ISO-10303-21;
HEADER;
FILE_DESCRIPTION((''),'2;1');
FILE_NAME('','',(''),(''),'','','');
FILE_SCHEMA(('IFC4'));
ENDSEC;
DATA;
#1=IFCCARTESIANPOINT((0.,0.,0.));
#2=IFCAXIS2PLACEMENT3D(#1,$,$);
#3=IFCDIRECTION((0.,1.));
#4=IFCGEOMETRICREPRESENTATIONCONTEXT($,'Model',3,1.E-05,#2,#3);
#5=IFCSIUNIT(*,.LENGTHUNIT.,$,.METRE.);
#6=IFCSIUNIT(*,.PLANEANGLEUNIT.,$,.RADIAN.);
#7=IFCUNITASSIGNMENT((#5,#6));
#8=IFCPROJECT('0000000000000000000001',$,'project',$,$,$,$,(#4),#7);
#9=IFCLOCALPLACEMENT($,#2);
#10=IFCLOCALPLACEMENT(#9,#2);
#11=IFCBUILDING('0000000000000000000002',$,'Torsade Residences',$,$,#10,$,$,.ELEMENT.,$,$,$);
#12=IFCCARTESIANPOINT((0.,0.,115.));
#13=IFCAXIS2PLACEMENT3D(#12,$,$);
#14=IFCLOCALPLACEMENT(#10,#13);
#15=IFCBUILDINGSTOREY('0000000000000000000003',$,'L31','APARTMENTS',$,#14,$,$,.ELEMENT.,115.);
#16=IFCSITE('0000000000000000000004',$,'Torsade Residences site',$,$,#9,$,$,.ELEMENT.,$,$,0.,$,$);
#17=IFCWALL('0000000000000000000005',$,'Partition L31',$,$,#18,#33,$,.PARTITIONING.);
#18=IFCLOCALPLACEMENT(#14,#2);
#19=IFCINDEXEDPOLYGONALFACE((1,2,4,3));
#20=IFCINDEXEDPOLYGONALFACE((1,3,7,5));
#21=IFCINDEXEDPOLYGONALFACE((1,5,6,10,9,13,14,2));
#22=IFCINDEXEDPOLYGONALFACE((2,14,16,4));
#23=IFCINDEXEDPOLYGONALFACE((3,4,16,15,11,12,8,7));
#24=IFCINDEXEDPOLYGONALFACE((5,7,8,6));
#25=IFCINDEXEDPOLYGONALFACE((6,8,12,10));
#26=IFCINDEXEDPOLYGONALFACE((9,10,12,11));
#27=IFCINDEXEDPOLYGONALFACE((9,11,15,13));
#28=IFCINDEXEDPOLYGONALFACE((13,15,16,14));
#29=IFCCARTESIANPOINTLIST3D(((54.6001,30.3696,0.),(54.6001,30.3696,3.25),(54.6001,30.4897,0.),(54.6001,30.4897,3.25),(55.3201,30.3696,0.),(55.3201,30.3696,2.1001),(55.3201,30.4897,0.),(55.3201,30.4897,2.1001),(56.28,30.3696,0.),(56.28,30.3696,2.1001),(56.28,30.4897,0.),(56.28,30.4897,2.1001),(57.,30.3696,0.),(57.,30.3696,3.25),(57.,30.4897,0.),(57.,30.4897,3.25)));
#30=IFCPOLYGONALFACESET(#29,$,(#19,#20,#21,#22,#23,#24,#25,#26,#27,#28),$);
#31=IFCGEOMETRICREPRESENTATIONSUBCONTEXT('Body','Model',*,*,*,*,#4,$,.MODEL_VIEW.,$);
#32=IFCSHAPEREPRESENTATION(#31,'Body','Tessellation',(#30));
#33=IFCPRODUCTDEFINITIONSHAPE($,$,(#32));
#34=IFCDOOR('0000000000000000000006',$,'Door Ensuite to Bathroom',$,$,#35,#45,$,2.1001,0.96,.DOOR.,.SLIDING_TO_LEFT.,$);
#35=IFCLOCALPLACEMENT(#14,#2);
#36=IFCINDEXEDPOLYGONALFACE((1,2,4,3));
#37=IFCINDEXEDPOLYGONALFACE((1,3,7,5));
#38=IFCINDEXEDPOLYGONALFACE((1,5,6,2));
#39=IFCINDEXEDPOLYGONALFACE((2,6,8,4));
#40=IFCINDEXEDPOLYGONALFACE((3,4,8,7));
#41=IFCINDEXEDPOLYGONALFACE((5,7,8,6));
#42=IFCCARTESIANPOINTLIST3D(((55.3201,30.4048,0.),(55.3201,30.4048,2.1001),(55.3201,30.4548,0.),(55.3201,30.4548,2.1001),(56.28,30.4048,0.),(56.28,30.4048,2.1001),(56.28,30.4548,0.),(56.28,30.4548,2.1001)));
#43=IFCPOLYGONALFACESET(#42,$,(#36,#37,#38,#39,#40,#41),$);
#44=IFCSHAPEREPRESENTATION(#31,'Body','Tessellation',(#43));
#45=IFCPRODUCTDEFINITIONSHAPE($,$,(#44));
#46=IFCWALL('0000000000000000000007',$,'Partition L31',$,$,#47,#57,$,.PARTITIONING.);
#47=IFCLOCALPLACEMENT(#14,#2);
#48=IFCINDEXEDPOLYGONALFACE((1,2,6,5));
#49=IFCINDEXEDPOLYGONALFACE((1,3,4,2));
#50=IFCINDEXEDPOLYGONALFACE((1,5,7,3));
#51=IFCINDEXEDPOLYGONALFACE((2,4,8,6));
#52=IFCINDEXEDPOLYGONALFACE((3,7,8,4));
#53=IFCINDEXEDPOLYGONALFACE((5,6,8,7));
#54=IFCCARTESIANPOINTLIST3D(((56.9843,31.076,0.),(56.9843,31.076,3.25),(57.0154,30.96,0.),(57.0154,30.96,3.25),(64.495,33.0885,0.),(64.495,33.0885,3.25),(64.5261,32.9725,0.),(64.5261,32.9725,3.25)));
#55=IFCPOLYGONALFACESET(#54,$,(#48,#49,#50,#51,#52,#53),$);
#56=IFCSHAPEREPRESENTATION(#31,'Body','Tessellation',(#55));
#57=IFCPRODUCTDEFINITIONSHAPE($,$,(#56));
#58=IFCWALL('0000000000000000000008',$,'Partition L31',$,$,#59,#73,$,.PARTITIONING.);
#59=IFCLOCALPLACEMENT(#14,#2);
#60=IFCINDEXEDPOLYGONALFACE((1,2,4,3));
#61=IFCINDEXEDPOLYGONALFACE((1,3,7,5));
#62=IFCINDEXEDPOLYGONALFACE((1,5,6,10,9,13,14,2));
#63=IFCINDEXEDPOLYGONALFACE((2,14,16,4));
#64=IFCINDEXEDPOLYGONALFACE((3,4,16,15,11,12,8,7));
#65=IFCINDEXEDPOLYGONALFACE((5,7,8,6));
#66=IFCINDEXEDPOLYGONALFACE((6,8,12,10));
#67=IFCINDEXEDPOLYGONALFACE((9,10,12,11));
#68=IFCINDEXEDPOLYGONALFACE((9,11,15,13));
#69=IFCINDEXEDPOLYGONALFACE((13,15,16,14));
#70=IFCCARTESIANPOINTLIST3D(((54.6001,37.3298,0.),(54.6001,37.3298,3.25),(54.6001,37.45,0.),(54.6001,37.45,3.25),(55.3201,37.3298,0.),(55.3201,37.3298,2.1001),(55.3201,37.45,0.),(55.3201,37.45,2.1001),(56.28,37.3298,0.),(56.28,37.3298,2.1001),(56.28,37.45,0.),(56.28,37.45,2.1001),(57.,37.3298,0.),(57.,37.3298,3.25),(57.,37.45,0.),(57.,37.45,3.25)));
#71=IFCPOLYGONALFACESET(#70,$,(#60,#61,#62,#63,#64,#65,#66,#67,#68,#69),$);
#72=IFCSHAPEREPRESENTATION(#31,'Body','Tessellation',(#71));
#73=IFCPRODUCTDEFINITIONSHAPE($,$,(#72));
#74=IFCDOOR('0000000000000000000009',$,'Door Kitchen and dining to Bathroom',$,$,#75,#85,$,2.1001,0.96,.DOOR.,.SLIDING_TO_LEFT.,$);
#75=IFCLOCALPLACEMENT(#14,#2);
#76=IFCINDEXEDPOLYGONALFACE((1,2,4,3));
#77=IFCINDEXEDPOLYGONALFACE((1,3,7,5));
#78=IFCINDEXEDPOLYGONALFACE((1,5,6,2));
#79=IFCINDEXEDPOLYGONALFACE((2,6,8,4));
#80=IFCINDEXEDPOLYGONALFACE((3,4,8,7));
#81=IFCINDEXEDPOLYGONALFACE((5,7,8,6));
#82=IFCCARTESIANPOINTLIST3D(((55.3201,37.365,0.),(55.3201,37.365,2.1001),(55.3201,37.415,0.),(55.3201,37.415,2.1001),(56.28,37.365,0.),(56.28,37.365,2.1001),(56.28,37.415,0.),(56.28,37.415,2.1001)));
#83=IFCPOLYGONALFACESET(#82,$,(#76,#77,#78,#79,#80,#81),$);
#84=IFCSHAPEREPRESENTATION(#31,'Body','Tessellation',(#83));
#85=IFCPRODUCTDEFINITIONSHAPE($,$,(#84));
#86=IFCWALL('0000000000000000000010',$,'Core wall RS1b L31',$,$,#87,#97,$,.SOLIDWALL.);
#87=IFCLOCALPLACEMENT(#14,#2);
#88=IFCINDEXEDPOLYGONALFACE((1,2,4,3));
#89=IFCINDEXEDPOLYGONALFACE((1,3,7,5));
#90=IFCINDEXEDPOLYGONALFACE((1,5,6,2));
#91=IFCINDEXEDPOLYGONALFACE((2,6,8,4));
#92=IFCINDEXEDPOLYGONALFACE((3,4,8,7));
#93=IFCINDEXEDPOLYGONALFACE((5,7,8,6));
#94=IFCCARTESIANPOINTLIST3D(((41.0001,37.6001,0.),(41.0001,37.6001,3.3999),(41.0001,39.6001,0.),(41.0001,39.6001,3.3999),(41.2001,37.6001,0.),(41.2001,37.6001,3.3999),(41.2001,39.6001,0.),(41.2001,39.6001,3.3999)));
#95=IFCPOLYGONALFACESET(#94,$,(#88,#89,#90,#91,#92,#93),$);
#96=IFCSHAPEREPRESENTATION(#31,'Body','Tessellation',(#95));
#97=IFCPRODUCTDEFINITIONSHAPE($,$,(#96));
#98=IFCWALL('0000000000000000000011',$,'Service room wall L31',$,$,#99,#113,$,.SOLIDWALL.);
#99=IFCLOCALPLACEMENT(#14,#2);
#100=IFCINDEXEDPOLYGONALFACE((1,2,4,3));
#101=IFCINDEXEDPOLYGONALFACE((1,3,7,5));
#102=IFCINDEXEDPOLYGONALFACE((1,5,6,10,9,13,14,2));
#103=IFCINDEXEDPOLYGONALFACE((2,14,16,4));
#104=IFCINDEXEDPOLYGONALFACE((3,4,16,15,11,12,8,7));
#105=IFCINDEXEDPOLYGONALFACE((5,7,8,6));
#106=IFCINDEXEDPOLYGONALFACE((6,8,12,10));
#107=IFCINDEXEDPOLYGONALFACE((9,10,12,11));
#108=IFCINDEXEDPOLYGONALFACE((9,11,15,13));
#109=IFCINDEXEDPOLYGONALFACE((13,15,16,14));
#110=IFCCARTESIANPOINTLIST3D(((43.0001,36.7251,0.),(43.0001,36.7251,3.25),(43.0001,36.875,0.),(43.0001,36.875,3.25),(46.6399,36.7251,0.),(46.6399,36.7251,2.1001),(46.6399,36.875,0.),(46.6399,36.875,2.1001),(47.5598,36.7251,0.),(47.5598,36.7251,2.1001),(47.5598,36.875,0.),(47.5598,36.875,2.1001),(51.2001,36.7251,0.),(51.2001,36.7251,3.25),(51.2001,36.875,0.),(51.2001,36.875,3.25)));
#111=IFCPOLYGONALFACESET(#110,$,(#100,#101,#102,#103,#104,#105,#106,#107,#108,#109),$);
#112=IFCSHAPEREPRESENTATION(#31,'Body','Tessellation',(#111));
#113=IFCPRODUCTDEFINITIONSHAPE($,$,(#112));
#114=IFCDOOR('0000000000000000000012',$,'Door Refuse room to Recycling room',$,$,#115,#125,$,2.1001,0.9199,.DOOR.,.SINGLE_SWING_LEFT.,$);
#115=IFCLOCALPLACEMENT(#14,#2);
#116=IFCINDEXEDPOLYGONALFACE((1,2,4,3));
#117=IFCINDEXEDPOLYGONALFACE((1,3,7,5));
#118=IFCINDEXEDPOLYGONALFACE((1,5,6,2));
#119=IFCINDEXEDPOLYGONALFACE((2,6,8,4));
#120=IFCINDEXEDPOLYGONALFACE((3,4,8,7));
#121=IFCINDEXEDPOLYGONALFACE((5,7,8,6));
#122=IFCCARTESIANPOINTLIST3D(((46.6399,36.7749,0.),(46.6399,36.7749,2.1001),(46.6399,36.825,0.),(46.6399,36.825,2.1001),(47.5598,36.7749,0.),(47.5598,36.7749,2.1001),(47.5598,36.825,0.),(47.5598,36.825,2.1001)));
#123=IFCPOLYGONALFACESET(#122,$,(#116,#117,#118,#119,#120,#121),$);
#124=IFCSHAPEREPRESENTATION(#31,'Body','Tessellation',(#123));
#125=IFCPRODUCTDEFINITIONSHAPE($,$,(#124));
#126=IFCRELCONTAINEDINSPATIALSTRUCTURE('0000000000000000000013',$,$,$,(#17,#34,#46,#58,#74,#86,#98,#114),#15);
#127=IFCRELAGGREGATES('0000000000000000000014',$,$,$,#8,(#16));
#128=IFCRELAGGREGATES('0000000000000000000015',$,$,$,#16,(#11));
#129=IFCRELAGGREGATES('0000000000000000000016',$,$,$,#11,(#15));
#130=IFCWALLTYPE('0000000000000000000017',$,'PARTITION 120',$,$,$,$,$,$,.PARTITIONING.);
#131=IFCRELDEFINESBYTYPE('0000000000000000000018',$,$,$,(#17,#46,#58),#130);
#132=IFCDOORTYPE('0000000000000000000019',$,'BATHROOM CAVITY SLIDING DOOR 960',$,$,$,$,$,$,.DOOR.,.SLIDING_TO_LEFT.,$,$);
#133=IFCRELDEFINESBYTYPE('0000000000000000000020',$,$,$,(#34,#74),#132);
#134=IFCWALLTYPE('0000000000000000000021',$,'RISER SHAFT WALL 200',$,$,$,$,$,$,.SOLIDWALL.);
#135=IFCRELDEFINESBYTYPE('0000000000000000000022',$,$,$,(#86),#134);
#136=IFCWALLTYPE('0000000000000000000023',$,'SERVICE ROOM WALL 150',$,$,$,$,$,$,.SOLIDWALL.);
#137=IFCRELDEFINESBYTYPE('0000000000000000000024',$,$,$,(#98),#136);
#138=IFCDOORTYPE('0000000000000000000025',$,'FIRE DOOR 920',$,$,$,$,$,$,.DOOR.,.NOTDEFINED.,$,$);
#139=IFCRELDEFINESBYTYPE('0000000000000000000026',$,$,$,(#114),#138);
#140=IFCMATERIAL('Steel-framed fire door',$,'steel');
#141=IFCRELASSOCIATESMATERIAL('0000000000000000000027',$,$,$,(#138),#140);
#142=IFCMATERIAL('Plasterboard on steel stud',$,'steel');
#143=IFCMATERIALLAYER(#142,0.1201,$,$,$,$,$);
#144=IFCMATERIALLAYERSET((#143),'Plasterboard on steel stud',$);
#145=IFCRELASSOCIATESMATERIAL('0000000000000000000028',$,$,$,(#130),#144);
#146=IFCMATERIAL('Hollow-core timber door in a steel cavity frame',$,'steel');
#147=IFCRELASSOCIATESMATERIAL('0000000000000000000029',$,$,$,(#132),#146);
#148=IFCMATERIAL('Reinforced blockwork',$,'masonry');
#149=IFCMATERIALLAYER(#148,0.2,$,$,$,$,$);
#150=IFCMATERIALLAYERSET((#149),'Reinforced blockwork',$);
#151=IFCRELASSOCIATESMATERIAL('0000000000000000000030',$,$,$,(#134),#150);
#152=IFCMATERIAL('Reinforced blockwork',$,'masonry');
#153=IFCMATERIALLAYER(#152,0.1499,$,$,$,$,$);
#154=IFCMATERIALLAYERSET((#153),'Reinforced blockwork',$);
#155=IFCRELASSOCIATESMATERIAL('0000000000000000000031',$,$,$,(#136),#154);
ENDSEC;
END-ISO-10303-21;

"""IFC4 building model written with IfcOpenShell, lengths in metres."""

from ifc_helpers import new_model, si_unit, direction, frame, frame_2d, origin, place, context, subcontext, project, spatial, rectangle, extrude, material, layer, layer_set, type_object, element, fill, save


model = new_model("IFC4")

# Units and contexts
model_context = context("Model", 3, precision=1e-05, world=origin(), true_north=direction((0.0, 1.0)))
body_context = subcontext(model_context, "Body", "Model", "MODEL_VIEW")
ifc_project = project(units=[si_unit("LENGTHUNIT", "METRE"), si_unit("PLANEANGLEUNIT", "RADIAN")], contexts=[model_context])

# Site, building, storey
site_placement = place(None, origin())
site = spatial("IfcSite", under=ifc_project, at=site_placement, Name="Torsade Residences site", CompositionType="ELEMENT", RefElevation=0.0)
building_placement = place(site_placement, origin())
building = spatial("IfcBuilding", under=site, at=building_placement, Name="Torsade Residences", CompositionType="ELEMENT")
storey_placement = place(building_placement, frame((0.0, 0.0, 115.0)))
storey = spatial("IfcBuildingStorey", under=building, at=storey_placement, Name="L31", Description="APARTMENTS", CompositionType="ELEMENT", Elevation=115.0)

# Shared definitions
ifc_material_1 = material(Name="Steel-framed fire door", Category="steel")
door_type_1 = type_object("IfcDoorType", Name="FIRE DOOR 920", OperationType="NOTDEFINED", PredefinedType="DOOR", material=ifc_material_1)

# Wall, opening, door
ifc_material_2 = material(Name="Plasterboard on steel stud", Category="steel")
ifc_layer_1 = layer(ifc_material_2, 0.1201)
ifc_layer_set_1 = layer_set([ifc_layer_1], Name="Plasterboard on steel stud")
wall_type_1 = type_object("IfcWallType", Name="PARTITION 120", PredefinedType="PARTITIONING", material=ifc_layer_set_1)
ifc_material_3 = material(Name="Hollow-core timber door in a steel cavity frame", Category="steel")
door_type_2 = type_object("IfcDoorType", Name="BATHROOM CAVITY SLIDING DOOR 960", OperationType="SLIDING_TO_LEFT", PredefinedType="DOOR", material=ifc_material_3)
wall_1_placement = place(storey_placement, frame((57.0, 30.4297, 0.0), z_axis=(0.0, 0.0, 1.0), x_axis=(-1.0, 0.0, 0.0)))
wall_1 = element("IfcWall", 1, at=wall_1_placement, inside=storey, type_object=wall_type_1, Name="Partition L31", PredefinedType="PARTITIONING", context=body_context, shape_type="SweptSolid", body=[
    extrude(rectangle(XDim=2.3999, YDim=0.1201, at=frame_2d((1.2, 0.0))), origin(), (0.0, 0.0, 1.0), 3.25),
])
opening_1_placement = place(wall_1_placement, frame((0.72, 0.0, 0.0)))
opening_1 = element("IfcOpeningElement", 2, at=opening_1_placement, cuts=wall_1, PredefinedType="OPENING", context=body_context, shape_type="SweptSolid", body=[
    extrude(rectangle(XDim=0.96, YDim=2.1001, at=frame_2d((0.48, 1.05))), frame((0.0, 0.0701, 0.0), z_axis=(0.0, -1.0, 0.0), x_axis=(1.0, 0.0, 0.0)), (0.0, 0.0, 1.0), 0.1401),
])
door_1_placement = place(opening_1_placement, origin())
door_1 = element("IfcDoor", 3, at=door_1_placement, inside=storey, type_object=door_type_2, Name="Door Ensuite to Bathroom", OperationType="SLIDING_TO_LEFT", OverallHeight=2.1001, OverallWidth=0.96, PredefinedType="DOOR", context=body_context, shape_type="SweptSolid", body=[
    extrude(rectangle(XDim=0.96, YDim=2.1001, at=frame_2d((0.48, 1.05))), frame((0.0, 0.0249, 0.0), z_axis=(0.0, -1.0, 0.0), x_axis=(1.0, 0.0, 0.0)), (0.0, 0.0, 1.0), 0.05),
])
fill(opening_1, door_1)

# Wall
wall_2_placement = place(storey_placement, frame((57.0, 31.0181, 0.0), z_axis=(0.0, 0.0, 1.0), x_axis=(0.965927, 0.258814, 0.0)))
element("IfcWall", 4, at=wall_2_placement, inside=storey, type_object=wall_type_1, Name="Partition L31", PredefinedType="PARTITIONING", context=body_context, shape_type="SweptSolid", body=[
    extrude(rectangle(XDim=7.7756, YDim=0.1201, at=frame_2d((3.8877, 0.0))), origin(), (0.0, 0.0, 1.0), 3.25),
])

# Wall, opening, door
wall_3_placement = place(storey_placement, frame((57.0, 37.3899, 0.0), z_axis=(0.0, 0.0, 1.0), x_axis=(-1.0, 0.0, 0.0)))
wall_3 = element("IfcWall", 5, at=wall_3_placement, inside=storey, type_object=wall_type_1, Name="Partition L31", PredefinedType="PARTITIONING", context=body_context, shape_type="SweptSolid", body=[
    extrude(rectangle(XDim=2.3999, YDim=0.1201, at=frame_2d((1.2, 0.0))), origin(), (0.0, 0.0, 1.0), 3.25),
])
opening_2_placement = place(wall_3_placement, frame((0.72, 0.0, 0.0)))
opening_2 = element("IfcOpeningElement", 6, at=opening_2_placement, cuts=wall_3, PredefinedType="OPENING", context=body_context, shape_type="SweptSolid", body=[
    extrude(rectangle(XDim=0.96, YDim=2.1001, at=frame_2d((0.48, 1.05))), frame((0.0, 0.0701, 0.0), z_axis=(0.0, -1.0, 0.0), x_axis=(1.0, 0.0, 0.0)), (0.0, 0.0, 1.0), 0.1401),
])
door_2_placement = place(opening_2_placement, origin())
door_2 = element("IfcDoor", 7, at=door_2_placement, inside=storey, type_object=door_type_2, Name="Door Kitchen and dining to Bathroom", OperationType="SLIDING_TO_LEFT", OverallHeight=2.1001, OverallWidth=0.96, PredefinedType="DOOR", context=body_context, shape_type="SweptSolid", body=[
    extrude(rectangle(XDim=0.96, YDim=2.1001, at=frame_2d((0.48, 1.05))), frame((0.0, 0.0249, 0.0), z_axis=(0.0, -1.0, 0.0), x_axis=(1.0, 0.0, 0.0)), (0.0, 0.0, 1.0), 0.05),
])
fill(opening_2, door_2)

# Wall
ifc_material_4 = material(Name="Reinforced blockwork", Category="masonry")
ifc_layer_2 = layer(ifc_material_4, 0.2)
ifc_layer_set_2 = layer_set([ifc_layer_2], Name="Reinforced blockwork")
wall_type_2 = type_object("IfcWallType", Name="RISER SHAFT WALL 200", PredefinedType="SOLIDWALL", material=ifc_layer_set_2)
wall_4_placement = place(storey_placement, frame((41.1001, 37.6001, 0.0), z_axis=(0.0, 0.0, 1.0), x_axis=(0.0, 1.0, 0.0)))
element("IfcWall", 8, at=wall_4_placement, inside=storey, type_object=wall_type_2, Name="Core wall RS1b L31", PredefinedType="SOLIDWALL", context=body_context, shape_type="SweptSolid", body=[
    extrude(rectangle(XDim=2.0, YDim=0.2, at=frame_2d((1.0, 0.0))), origin(), (0.0, 0.0, 1.0), 3.3999),
])

# Wall, opening, door
ifc_material_5 = material(Name="Reinforced blockwork", Category="masonry")
ifc_layer_3 = layer(ifc_material_5, 0.1499)
ifc_layer_set_3 = layer_set([ifc_layer_3], Name="Reinforced blockwork")
wall_type_3 = type_object("IfcWallType", Name="SERVICE ROOM WALL 150", PredefinedType="SOLIDWALL", material=ifc_layer_set_3)
wall_5_placement = place(storey_placement, frame((43.0, 36.8, 0.0), z_axis=(0.0, 0.0, 1.0), x_axis=(1.0, 0.0, 0.0)))
wall_5 = element("IfcWall", 9, at=wall_5_placement, inside=storey, type_object=wall_type_3, Name="Service room wall L31", PredefinedType="SOLIDWALL", context=body_context, shape_type="SweptSolid", body=[
    extrude(rectangle(XDim=8.2, YDim=0.1499, at=frame_2d((4.1001, 0.0))), origin(), (0.0, 0.0, 1.0), 3.25),
])
opening_3_placement = place(wall_5_placement, frame((3.6399, 0.0, 0.0)))
opening_3 = element("IfcOpeningElement", 10, at=opening_3_placement, cuts=wall_5, PredefinedType="OPENING", context=body_context, shape_type="SweptSolid", body=[
    extrude(rectangle(XDim=0.9199, YDim=2.1001, at=frame_2d((0.46, 1.05))), frame((0.0, 0.085, 0.0), z_axis=(0.0, -1.0, 0.0), x_axis=(1.0, 0.0, 0.0)), (0.0, 0.0, 1.0), 0.1699),
])
door_3_placement = place(opening_3_placement, origin())
door_3 = element("IfcDoor", 11, at=door_3_placement, inside=storey, type_object=door_type_1, Name="Door Refuse room to Recycling room", OperationType="SINGLE_SWING_LEFT", OverallHeight=2.1001, OverallWidth=0.9199, PredefinedType="DOOR", context=body_context, shape_type="SweptSolid", body=[
    extrude(rectangle(XDim=0.9199, YDim=2.1001, at=frame_2d((0.46, 1.05))), frame((0.0, 0.0249, 0.0), z_axis=(0.0, -1.0, 0.0), x_axis=(1.0, 0.0, 0.0)), (0.0, 0.0, 1.0), 0.05),
])
fill(opening_3, door_3)

save(model, "model.ifc")
